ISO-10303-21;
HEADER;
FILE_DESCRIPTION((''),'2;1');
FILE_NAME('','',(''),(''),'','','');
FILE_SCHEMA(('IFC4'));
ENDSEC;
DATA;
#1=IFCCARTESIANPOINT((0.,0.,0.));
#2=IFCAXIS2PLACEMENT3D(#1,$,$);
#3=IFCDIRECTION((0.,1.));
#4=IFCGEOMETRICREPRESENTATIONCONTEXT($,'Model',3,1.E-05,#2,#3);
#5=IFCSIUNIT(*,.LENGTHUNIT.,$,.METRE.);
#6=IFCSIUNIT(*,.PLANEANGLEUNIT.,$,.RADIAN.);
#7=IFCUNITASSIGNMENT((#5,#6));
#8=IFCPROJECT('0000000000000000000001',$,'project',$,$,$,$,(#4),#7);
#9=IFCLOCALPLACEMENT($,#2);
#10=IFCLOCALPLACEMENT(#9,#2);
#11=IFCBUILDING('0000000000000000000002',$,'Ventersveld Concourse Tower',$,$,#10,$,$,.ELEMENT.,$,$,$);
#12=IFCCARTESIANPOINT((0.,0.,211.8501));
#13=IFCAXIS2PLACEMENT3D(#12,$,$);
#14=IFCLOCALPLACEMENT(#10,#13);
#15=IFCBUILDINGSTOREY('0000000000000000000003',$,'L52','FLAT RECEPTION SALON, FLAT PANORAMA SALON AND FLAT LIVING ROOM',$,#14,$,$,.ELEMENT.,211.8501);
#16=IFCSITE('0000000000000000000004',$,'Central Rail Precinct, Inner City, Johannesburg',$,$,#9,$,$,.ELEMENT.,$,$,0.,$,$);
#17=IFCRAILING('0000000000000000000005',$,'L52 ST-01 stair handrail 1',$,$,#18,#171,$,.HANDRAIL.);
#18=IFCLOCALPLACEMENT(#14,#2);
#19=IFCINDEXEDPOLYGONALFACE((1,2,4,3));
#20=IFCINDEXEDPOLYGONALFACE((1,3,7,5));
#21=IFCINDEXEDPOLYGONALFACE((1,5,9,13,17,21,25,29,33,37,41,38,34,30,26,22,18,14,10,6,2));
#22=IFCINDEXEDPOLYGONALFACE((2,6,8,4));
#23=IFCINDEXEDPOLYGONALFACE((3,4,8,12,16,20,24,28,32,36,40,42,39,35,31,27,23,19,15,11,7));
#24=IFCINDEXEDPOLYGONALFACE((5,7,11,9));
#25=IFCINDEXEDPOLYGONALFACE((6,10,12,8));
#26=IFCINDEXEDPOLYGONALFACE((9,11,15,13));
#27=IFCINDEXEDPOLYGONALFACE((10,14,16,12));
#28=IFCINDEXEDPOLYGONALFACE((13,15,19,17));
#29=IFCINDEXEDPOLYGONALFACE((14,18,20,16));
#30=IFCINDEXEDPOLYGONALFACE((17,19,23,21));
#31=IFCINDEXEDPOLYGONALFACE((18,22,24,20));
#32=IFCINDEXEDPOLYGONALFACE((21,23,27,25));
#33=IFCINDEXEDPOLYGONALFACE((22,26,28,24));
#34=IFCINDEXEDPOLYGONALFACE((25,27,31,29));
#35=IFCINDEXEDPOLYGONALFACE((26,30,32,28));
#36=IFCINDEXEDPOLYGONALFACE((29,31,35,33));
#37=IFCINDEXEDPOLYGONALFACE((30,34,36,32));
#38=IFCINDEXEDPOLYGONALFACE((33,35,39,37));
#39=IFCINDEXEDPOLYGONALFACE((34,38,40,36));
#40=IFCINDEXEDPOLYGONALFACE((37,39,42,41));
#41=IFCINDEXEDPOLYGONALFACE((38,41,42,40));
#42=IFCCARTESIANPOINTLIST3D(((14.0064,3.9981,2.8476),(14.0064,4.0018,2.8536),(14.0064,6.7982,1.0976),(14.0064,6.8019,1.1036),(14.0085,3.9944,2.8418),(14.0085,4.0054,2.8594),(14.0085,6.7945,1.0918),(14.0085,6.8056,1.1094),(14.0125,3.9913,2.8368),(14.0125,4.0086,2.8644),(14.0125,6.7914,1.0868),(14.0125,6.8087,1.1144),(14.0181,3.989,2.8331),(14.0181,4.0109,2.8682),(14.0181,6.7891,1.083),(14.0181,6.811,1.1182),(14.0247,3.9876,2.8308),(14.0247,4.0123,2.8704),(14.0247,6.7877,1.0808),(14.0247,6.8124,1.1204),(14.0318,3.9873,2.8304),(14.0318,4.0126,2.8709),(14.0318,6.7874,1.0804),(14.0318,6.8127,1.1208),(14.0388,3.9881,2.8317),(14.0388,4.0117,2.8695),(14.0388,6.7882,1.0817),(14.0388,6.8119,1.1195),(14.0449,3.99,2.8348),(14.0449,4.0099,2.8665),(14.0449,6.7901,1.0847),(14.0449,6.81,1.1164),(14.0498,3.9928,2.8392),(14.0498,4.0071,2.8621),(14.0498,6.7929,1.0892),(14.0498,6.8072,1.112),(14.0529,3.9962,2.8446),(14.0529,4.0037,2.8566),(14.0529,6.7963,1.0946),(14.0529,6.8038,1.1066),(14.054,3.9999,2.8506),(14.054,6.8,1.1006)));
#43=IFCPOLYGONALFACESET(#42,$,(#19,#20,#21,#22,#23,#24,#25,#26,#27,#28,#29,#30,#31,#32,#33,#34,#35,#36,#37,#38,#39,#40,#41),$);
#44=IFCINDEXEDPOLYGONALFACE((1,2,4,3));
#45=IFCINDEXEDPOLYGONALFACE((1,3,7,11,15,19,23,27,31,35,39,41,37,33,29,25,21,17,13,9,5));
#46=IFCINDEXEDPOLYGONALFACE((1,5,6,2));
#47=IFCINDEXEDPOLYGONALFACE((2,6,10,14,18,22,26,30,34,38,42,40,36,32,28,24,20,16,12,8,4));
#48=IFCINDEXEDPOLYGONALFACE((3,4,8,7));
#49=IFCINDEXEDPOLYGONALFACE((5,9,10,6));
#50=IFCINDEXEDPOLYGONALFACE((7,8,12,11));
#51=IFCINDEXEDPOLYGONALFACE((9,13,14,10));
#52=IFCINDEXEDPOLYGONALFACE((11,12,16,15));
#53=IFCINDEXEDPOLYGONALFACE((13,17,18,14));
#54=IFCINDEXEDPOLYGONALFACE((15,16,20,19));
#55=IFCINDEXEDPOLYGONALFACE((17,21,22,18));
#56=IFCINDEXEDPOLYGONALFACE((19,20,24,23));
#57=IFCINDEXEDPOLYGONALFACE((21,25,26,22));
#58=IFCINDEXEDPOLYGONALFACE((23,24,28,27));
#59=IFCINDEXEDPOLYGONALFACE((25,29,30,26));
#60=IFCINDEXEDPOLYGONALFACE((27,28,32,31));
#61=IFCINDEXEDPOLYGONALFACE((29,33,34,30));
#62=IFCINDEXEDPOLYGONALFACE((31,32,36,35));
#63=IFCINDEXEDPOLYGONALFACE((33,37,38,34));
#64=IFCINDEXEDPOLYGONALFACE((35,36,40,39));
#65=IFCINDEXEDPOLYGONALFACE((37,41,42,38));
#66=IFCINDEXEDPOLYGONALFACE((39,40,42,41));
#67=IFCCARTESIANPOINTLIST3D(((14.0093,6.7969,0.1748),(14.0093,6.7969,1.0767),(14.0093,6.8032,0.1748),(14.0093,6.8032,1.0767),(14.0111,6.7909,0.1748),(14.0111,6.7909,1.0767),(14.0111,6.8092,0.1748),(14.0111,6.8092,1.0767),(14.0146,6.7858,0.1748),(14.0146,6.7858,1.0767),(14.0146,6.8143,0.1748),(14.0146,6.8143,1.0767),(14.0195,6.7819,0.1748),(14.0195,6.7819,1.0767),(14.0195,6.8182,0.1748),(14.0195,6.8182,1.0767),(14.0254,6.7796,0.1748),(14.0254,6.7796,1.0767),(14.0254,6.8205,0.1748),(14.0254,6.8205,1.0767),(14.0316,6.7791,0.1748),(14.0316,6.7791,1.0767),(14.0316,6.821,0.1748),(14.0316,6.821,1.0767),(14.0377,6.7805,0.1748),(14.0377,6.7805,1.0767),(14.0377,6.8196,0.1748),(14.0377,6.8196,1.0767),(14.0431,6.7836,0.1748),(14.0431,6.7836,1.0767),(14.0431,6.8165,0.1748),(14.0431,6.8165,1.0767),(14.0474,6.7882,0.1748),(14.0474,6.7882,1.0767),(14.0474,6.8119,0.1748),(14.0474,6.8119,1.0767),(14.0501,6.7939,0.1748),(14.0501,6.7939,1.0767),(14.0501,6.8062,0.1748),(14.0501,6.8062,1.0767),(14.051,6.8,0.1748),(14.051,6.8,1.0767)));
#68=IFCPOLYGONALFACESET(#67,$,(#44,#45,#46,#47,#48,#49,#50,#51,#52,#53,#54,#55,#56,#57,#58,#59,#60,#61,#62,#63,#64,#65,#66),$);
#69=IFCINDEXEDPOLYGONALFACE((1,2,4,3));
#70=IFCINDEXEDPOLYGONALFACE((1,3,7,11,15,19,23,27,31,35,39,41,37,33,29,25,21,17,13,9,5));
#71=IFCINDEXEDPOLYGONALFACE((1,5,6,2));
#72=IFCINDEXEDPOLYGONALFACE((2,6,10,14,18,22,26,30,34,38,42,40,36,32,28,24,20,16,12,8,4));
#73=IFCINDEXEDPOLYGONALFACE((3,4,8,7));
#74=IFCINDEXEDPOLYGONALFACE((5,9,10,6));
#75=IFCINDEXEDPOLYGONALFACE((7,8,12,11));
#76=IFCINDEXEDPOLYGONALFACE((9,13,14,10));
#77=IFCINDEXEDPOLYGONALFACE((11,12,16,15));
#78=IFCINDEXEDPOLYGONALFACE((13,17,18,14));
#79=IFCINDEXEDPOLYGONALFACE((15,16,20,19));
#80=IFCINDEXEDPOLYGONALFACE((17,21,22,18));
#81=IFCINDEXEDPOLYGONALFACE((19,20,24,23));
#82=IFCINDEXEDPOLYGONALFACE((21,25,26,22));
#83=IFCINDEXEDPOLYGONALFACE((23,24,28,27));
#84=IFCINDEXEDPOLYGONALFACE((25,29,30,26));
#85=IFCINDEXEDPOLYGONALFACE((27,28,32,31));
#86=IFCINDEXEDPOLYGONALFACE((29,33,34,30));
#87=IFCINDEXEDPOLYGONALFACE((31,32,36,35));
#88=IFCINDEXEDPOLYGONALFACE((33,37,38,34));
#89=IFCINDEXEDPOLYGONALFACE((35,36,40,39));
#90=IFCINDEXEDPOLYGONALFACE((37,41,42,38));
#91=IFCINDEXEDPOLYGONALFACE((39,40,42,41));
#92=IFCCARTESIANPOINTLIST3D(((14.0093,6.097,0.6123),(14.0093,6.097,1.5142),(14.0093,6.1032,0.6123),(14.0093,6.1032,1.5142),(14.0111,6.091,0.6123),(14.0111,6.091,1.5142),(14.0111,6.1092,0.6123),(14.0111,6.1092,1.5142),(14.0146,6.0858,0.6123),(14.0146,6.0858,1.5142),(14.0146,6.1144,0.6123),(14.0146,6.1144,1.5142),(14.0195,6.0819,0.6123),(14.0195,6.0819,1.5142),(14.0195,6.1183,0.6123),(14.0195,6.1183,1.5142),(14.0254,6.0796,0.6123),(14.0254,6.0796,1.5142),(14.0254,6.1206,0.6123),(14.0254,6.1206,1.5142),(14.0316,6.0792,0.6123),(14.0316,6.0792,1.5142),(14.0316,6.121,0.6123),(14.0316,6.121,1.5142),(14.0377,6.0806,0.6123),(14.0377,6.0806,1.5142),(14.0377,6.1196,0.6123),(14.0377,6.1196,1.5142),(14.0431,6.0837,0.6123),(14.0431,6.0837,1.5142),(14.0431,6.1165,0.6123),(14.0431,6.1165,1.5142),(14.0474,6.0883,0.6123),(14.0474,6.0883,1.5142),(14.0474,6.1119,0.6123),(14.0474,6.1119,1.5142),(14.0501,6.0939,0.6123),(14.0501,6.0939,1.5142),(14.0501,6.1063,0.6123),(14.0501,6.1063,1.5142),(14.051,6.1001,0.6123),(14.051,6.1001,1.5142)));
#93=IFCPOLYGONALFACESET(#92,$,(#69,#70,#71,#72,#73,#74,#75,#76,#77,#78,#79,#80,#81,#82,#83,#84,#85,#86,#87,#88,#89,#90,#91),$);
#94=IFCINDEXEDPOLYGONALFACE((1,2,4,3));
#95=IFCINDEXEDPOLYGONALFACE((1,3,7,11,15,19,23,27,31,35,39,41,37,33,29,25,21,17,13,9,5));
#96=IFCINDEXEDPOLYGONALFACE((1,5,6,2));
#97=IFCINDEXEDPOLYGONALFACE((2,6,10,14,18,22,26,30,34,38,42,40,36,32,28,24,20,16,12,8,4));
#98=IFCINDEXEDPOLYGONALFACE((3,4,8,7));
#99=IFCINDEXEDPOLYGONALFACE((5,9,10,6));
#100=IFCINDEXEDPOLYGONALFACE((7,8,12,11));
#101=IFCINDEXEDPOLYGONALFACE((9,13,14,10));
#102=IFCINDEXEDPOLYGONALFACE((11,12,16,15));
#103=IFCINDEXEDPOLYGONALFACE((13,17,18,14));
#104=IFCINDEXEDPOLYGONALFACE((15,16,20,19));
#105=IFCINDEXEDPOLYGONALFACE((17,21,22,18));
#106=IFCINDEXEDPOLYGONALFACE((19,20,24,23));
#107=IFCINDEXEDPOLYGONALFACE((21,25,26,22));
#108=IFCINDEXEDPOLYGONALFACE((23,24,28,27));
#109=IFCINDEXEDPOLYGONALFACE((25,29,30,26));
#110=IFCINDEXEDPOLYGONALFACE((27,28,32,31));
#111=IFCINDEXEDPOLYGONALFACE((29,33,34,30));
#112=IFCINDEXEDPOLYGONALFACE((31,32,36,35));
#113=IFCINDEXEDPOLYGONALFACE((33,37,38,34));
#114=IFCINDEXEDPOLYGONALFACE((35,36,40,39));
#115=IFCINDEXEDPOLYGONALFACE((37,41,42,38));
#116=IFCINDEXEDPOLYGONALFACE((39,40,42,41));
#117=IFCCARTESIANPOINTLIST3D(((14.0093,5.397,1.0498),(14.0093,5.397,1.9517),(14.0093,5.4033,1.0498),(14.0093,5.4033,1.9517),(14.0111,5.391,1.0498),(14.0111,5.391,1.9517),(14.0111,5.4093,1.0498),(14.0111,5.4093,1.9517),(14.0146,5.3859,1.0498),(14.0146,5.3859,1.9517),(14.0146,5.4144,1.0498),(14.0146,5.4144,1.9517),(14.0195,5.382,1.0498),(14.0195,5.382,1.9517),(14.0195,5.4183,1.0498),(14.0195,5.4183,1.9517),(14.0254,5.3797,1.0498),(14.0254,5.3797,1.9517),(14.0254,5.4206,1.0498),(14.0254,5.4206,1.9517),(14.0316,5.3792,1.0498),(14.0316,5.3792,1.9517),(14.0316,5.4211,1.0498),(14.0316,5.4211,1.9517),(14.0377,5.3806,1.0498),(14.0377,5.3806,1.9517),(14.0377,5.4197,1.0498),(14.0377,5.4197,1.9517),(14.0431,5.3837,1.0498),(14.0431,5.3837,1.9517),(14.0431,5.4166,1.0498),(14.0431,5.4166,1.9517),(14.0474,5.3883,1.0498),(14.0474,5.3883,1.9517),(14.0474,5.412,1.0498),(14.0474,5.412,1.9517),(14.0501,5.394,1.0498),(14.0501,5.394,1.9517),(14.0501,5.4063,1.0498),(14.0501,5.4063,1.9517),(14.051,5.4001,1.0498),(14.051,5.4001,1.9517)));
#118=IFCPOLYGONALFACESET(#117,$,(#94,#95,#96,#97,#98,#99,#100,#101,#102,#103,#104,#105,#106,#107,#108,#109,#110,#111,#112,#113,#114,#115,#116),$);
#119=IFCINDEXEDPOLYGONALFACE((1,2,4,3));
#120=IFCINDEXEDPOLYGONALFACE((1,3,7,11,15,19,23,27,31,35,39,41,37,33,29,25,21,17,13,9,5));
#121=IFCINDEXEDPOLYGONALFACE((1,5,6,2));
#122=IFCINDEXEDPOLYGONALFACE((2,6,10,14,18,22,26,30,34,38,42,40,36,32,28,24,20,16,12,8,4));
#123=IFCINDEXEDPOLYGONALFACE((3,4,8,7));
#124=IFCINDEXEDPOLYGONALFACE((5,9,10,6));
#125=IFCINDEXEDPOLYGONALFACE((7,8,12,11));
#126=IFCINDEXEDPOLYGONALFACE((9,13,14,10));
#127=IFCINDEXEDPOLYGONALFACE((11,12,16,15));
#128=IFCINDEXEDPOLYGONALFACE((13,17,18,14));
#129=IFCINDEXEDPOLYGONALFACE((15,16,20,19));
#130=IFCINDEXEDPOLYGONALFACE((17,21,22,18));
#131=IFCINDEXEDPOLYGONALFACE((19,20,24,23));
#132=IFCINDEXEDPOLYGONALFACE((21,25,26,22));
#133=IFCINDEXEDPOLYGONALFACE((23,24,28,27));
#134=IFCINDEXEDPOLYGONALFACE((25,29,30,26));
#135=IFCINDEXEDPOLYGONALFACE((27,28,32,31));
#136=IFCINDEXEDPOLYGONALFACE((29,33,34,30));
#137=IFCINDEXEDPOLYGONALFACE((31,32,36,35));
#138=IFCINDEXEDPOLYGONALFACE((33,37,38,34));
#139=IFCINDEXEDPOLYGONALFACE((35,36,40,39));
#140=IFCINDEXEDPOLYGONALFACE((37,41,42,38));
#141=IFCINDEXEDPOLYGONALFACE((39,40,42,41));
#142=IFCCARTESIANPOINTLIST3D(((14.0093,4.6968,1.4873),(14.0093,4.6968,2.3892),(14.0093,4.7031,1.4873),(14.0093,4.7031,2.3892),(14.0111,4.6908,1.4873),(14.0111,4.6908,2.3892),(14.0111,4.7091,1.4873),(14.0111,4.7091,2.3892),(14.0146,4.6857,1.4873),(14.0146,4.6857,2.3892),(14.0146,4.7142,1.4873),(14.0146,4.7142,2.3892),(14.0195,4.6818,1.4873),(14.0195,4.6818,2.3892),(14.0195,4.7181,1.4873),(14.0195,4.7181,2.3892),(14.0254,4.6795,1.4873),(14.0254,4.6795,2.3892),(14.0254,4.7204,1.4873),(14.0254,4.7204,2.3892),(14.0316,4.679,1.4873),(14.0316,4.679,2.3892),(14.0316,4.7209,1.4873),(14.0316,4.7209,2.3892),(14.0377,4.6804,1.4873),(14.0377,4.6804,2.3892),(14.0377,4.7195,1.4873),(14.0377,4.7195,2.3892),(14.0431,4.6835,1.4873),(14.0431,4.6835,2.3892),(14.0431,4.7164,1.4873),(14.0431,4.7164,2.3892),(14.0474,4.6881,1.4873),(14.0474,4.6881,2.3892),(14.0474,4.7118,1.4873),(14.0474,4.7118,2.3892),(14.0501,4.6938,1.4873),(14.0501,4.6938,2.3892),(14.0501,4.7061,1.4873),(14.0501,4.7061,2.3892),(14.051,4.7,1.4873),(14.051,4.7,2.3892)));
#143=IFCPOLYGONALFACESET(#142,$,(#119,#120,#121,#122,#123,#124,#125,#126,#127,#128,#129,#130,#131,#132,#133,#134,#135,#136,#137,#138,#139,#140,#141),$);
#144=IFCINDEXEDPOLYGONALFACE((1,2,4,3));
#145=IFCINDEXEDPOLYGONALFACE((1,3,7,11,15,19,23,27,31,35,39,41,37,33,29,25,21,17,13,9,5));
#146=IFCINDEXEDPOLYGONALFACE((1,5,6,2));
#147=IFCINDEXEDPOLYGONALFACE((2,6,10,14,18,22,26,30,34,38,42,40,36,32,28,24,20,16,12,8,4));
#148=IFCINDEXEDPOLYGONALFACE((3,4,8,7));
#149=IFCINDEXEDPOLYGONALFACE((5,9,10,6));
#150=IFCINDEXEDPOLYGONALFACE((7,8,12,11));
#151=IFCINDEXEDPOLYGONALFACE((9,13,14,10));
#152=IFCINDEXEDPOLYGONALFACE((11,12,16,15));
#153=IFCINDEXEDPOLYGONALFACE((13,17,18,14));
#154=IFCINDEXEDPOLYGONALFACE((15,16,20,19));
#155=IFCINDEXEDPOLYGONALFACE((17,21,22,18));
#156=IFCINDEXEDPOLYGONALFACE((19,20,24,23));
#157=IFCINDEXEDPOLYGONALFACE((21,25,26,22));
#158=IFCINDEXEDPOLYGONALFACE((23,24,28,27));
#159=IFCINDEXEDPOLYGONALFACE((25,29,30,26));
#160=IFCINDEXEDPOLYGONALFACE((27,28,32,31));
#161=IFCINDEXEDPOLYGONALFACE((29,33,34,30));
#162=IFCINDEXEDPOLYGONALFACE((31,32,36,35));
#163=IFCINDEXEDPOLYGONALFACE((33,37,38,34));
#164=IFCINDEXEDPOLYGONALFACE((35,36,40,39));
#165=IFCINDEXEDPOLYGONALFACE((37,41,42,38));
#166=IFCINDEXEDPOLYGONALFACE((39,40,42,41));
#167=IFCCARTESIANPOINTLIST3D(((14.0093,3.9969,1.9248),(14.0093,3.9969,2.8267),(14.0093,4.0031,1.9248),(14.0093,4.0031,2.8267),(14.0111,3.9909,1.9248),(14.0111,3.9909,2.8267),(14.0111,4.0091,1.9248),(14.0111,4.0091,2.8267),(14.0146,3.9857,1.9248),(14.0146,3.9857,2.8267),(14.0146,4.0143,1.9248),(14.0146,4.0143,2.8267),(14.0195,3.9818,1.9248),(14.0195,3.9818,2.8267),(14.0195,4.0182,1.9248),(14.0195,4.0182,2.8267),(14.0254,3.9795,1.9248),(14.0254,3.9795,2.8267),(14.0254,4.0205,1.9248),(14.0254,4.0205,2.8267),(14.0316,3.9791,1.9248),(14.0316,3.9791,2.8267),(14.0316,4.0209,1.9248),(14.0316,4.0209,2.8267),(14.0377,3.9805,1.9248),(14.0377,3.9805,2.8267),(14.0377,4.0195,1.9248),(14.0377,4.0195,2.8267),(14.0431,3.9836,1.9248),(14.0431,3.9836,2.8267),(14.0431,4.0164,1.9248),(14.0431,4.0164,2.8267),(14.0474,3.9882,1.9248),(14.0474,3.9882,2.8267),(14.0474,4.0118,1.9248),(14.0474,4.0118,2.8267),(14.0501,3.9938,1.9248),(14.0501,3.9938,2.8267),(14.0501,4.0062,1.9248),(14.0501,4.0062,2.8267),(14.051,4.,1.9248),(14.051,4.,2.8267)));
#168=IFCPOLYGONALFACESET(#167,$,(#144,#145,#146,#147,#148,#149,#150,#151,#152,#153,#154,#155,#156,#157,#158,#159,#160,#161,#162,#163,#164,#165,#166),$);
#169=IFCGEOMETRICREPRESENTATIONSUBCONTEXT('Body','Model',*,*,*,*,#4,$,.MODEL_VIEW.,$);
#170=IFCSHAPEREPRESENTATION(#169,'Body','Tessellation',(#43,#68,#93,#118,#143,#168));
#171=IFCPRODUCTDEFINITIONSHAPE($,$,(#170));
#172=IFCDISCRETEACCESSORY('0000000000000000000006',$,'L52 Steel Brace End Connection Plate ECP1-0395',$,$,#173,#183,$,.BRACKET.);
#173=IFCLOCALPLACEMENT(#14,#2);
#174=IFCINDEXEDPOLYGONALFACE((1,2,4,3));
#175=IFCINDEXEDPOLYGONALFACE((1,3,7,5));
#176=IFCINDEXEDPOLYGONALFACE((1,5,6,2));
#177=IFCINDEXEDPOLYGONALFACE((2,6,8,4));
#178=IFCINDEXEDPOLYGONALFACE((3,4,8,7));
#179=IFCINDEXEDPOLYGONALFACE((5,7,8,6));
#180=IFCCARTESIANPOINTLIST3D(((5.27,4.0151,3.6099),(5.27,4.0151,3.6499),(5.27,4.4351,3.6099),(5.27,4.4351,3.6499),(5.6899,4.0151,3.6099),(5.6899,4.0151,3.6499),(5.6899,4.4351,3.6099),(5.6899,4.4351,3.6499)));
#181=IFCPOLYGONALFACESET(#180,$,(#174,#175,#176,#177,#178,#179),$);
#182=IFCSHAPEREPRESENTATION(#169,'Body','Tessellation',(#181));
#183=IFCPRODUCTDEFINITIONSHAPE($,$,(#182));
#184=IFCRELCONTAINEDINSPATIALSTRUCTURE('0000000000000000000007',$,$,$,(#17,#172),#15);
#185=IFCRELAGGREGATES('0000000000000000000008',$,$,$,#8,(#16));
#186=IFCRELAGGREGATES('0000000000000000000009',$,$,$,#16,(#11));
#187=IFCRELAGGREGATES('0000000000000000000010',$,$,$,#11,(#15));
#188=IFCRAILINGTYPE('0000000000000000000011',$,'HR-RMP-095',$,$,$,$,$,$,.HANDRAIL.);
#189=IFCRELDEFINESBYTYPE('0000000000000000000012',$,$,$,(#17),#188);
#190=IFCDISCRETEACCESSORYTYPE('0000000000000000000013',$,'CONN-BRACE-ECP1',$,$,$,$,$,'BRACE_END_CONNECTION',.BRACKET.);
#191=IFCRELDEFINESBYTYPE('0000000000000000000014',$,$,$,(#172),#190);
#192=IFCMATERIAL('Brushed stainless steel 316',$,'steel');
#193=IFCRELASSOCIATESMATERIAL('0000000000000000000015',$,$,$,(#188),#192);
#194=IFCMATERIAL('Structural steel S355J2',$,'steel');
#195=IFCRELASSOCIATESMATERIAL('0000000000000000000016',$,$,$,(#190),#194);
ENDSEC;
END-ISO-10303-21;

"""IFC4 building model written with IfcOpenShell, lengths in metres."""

from ifc_helpers import new_model, si_unit, direction, frame, origin, origin_2d, place, context, subcontext, project, spatial, rectangle, circle, extrude, material, type_object, element, save


model = new_model("IFC4")

# Units and contexts
model_context = context("Model", 3, precision=1e-05, world=origin(), true_north=direction((0.0, 1.0)))
body_context = subcontext(model_context, "Body", "Model", "MODEL_VIEW")
ifc_project = project(units=[si_unit("LENGTHUNIT", "METRE"), si_unit("PLANEANGLEUNIT", "RADIAN")], contexts=[model_context])

# Site, building, storey
site_placement = place(None, origin())
site = spatial("IfcSite", under=ifc_project, at=site_placement, Name="Central Rail Precinct, Inner City, Johannesburg", CompositionType="ELEMENT", RefElevation=0.0)
building_placement = place(site_placement, origin())
building = spatial("IfcBuilding", under=site, at=building_placement, Name="Ventersveld Concourse Tower", CompositionType="ELEMENT")
storey_placement = place(building_placement, frame((0.0, 0.0, 211.8501)))
storey = spatial("IfcBuildingStorey", under=building, at=storey_placement, Name="L52", Description="FLAT RECEPTION SALON, FLAT PANORAMA SALON AND FLAT LIVING ROOM", CompositionType="ELEMENT", Elevation=211.8501)

# Shared definitions
ifc_material_1 = material(Name="Structural steel S355J2", Category="steel")

# Railing
ifc_material_2 = material(Name="Brushed stainless steel 316", Category="steel")
railing_type = type_object("IfcRailingType", Name="HR-RMP-095", PredefinedType="HANDRAIL", material=ifc_material_2)
railing_placement = place(storey_placement, frame((14.03, 6.8, 0.1748)))
element("IfcRailing", 1, at=railing_placement, inside=storey, type_object=railing_type, Name="L52 ST-01 stair handrail 1", PredefinedType="HANDRAIL", context=body_context, shape_type="SweptSolid", body=[
    extrude(circle(Radius=0.0239, at=origin_2d()), frame((0.0, 0.0, 0.9258), z_axis=(0.0, -0.848002, 0.529992), x_axis=(1.0, 0.0, 0.0)), (0.0, 0.0, 1.0), 3.302),
    extrude(circle(Radius=0.021, at=origin_2d()), origin(), (0.0, 0.0, 1.0), 0.9019),
    extrude(circle(Radius=0.021, at=origin_2d()), frame((0.0, -0.7, 0.4375)), (0.0, 0.0, 1.0), 0.9019),
    extrude(circle(Radius=0.021, at=origin_2d()), frame((0.0, -1.3999, 0.875)), (0.0, 0.0, 1.0), 0.9019),
    extrude(circle(Radius=0.021, at=origin_2d()), frame((0.0, -2.1001, 1.3125)), (0.0, 0.0, 1.0), 0.9019),
    extrude(circle(Radius=0.021, at=origin_2d()), frame((0.0, -2.8, 1.75)), (0.0, 0.0, 1.0), 0.9019),
])

# Discrete accessory
discrete_accessory_type = type_object("IfcDiscreteAccessoryType", Name="CONN-BRACE-ECP1", ElementType="BRACE_END_CONNECTION", PredefinedType="BRACKET", material=ifc_material_1)
discrete_accessory_placement = place(storey_placement, frame((5.48, 4.2251, 3.6099), z_axis=(0.0, 0.0, 1.0), x_axis=(1.0, 0.0, 0.0)))
element("IfcDiscreteAccessory", 2, at=discrete_accessory_placement, inside=storey, type_object=discrete_accessory_type, Name="L52 Steel Brace End Connection Plate ECP1-0395", PredefinedType="BRACKET", context=body_context, shape_type="SweptSolid", body=[
    extrude(rectangle(XDim=0.4199, YDim=0.4199, at=origin_2d()), origin(), (0.0, 0.0, 1.0), 0.04),
])

save(model, "model.ifc")
